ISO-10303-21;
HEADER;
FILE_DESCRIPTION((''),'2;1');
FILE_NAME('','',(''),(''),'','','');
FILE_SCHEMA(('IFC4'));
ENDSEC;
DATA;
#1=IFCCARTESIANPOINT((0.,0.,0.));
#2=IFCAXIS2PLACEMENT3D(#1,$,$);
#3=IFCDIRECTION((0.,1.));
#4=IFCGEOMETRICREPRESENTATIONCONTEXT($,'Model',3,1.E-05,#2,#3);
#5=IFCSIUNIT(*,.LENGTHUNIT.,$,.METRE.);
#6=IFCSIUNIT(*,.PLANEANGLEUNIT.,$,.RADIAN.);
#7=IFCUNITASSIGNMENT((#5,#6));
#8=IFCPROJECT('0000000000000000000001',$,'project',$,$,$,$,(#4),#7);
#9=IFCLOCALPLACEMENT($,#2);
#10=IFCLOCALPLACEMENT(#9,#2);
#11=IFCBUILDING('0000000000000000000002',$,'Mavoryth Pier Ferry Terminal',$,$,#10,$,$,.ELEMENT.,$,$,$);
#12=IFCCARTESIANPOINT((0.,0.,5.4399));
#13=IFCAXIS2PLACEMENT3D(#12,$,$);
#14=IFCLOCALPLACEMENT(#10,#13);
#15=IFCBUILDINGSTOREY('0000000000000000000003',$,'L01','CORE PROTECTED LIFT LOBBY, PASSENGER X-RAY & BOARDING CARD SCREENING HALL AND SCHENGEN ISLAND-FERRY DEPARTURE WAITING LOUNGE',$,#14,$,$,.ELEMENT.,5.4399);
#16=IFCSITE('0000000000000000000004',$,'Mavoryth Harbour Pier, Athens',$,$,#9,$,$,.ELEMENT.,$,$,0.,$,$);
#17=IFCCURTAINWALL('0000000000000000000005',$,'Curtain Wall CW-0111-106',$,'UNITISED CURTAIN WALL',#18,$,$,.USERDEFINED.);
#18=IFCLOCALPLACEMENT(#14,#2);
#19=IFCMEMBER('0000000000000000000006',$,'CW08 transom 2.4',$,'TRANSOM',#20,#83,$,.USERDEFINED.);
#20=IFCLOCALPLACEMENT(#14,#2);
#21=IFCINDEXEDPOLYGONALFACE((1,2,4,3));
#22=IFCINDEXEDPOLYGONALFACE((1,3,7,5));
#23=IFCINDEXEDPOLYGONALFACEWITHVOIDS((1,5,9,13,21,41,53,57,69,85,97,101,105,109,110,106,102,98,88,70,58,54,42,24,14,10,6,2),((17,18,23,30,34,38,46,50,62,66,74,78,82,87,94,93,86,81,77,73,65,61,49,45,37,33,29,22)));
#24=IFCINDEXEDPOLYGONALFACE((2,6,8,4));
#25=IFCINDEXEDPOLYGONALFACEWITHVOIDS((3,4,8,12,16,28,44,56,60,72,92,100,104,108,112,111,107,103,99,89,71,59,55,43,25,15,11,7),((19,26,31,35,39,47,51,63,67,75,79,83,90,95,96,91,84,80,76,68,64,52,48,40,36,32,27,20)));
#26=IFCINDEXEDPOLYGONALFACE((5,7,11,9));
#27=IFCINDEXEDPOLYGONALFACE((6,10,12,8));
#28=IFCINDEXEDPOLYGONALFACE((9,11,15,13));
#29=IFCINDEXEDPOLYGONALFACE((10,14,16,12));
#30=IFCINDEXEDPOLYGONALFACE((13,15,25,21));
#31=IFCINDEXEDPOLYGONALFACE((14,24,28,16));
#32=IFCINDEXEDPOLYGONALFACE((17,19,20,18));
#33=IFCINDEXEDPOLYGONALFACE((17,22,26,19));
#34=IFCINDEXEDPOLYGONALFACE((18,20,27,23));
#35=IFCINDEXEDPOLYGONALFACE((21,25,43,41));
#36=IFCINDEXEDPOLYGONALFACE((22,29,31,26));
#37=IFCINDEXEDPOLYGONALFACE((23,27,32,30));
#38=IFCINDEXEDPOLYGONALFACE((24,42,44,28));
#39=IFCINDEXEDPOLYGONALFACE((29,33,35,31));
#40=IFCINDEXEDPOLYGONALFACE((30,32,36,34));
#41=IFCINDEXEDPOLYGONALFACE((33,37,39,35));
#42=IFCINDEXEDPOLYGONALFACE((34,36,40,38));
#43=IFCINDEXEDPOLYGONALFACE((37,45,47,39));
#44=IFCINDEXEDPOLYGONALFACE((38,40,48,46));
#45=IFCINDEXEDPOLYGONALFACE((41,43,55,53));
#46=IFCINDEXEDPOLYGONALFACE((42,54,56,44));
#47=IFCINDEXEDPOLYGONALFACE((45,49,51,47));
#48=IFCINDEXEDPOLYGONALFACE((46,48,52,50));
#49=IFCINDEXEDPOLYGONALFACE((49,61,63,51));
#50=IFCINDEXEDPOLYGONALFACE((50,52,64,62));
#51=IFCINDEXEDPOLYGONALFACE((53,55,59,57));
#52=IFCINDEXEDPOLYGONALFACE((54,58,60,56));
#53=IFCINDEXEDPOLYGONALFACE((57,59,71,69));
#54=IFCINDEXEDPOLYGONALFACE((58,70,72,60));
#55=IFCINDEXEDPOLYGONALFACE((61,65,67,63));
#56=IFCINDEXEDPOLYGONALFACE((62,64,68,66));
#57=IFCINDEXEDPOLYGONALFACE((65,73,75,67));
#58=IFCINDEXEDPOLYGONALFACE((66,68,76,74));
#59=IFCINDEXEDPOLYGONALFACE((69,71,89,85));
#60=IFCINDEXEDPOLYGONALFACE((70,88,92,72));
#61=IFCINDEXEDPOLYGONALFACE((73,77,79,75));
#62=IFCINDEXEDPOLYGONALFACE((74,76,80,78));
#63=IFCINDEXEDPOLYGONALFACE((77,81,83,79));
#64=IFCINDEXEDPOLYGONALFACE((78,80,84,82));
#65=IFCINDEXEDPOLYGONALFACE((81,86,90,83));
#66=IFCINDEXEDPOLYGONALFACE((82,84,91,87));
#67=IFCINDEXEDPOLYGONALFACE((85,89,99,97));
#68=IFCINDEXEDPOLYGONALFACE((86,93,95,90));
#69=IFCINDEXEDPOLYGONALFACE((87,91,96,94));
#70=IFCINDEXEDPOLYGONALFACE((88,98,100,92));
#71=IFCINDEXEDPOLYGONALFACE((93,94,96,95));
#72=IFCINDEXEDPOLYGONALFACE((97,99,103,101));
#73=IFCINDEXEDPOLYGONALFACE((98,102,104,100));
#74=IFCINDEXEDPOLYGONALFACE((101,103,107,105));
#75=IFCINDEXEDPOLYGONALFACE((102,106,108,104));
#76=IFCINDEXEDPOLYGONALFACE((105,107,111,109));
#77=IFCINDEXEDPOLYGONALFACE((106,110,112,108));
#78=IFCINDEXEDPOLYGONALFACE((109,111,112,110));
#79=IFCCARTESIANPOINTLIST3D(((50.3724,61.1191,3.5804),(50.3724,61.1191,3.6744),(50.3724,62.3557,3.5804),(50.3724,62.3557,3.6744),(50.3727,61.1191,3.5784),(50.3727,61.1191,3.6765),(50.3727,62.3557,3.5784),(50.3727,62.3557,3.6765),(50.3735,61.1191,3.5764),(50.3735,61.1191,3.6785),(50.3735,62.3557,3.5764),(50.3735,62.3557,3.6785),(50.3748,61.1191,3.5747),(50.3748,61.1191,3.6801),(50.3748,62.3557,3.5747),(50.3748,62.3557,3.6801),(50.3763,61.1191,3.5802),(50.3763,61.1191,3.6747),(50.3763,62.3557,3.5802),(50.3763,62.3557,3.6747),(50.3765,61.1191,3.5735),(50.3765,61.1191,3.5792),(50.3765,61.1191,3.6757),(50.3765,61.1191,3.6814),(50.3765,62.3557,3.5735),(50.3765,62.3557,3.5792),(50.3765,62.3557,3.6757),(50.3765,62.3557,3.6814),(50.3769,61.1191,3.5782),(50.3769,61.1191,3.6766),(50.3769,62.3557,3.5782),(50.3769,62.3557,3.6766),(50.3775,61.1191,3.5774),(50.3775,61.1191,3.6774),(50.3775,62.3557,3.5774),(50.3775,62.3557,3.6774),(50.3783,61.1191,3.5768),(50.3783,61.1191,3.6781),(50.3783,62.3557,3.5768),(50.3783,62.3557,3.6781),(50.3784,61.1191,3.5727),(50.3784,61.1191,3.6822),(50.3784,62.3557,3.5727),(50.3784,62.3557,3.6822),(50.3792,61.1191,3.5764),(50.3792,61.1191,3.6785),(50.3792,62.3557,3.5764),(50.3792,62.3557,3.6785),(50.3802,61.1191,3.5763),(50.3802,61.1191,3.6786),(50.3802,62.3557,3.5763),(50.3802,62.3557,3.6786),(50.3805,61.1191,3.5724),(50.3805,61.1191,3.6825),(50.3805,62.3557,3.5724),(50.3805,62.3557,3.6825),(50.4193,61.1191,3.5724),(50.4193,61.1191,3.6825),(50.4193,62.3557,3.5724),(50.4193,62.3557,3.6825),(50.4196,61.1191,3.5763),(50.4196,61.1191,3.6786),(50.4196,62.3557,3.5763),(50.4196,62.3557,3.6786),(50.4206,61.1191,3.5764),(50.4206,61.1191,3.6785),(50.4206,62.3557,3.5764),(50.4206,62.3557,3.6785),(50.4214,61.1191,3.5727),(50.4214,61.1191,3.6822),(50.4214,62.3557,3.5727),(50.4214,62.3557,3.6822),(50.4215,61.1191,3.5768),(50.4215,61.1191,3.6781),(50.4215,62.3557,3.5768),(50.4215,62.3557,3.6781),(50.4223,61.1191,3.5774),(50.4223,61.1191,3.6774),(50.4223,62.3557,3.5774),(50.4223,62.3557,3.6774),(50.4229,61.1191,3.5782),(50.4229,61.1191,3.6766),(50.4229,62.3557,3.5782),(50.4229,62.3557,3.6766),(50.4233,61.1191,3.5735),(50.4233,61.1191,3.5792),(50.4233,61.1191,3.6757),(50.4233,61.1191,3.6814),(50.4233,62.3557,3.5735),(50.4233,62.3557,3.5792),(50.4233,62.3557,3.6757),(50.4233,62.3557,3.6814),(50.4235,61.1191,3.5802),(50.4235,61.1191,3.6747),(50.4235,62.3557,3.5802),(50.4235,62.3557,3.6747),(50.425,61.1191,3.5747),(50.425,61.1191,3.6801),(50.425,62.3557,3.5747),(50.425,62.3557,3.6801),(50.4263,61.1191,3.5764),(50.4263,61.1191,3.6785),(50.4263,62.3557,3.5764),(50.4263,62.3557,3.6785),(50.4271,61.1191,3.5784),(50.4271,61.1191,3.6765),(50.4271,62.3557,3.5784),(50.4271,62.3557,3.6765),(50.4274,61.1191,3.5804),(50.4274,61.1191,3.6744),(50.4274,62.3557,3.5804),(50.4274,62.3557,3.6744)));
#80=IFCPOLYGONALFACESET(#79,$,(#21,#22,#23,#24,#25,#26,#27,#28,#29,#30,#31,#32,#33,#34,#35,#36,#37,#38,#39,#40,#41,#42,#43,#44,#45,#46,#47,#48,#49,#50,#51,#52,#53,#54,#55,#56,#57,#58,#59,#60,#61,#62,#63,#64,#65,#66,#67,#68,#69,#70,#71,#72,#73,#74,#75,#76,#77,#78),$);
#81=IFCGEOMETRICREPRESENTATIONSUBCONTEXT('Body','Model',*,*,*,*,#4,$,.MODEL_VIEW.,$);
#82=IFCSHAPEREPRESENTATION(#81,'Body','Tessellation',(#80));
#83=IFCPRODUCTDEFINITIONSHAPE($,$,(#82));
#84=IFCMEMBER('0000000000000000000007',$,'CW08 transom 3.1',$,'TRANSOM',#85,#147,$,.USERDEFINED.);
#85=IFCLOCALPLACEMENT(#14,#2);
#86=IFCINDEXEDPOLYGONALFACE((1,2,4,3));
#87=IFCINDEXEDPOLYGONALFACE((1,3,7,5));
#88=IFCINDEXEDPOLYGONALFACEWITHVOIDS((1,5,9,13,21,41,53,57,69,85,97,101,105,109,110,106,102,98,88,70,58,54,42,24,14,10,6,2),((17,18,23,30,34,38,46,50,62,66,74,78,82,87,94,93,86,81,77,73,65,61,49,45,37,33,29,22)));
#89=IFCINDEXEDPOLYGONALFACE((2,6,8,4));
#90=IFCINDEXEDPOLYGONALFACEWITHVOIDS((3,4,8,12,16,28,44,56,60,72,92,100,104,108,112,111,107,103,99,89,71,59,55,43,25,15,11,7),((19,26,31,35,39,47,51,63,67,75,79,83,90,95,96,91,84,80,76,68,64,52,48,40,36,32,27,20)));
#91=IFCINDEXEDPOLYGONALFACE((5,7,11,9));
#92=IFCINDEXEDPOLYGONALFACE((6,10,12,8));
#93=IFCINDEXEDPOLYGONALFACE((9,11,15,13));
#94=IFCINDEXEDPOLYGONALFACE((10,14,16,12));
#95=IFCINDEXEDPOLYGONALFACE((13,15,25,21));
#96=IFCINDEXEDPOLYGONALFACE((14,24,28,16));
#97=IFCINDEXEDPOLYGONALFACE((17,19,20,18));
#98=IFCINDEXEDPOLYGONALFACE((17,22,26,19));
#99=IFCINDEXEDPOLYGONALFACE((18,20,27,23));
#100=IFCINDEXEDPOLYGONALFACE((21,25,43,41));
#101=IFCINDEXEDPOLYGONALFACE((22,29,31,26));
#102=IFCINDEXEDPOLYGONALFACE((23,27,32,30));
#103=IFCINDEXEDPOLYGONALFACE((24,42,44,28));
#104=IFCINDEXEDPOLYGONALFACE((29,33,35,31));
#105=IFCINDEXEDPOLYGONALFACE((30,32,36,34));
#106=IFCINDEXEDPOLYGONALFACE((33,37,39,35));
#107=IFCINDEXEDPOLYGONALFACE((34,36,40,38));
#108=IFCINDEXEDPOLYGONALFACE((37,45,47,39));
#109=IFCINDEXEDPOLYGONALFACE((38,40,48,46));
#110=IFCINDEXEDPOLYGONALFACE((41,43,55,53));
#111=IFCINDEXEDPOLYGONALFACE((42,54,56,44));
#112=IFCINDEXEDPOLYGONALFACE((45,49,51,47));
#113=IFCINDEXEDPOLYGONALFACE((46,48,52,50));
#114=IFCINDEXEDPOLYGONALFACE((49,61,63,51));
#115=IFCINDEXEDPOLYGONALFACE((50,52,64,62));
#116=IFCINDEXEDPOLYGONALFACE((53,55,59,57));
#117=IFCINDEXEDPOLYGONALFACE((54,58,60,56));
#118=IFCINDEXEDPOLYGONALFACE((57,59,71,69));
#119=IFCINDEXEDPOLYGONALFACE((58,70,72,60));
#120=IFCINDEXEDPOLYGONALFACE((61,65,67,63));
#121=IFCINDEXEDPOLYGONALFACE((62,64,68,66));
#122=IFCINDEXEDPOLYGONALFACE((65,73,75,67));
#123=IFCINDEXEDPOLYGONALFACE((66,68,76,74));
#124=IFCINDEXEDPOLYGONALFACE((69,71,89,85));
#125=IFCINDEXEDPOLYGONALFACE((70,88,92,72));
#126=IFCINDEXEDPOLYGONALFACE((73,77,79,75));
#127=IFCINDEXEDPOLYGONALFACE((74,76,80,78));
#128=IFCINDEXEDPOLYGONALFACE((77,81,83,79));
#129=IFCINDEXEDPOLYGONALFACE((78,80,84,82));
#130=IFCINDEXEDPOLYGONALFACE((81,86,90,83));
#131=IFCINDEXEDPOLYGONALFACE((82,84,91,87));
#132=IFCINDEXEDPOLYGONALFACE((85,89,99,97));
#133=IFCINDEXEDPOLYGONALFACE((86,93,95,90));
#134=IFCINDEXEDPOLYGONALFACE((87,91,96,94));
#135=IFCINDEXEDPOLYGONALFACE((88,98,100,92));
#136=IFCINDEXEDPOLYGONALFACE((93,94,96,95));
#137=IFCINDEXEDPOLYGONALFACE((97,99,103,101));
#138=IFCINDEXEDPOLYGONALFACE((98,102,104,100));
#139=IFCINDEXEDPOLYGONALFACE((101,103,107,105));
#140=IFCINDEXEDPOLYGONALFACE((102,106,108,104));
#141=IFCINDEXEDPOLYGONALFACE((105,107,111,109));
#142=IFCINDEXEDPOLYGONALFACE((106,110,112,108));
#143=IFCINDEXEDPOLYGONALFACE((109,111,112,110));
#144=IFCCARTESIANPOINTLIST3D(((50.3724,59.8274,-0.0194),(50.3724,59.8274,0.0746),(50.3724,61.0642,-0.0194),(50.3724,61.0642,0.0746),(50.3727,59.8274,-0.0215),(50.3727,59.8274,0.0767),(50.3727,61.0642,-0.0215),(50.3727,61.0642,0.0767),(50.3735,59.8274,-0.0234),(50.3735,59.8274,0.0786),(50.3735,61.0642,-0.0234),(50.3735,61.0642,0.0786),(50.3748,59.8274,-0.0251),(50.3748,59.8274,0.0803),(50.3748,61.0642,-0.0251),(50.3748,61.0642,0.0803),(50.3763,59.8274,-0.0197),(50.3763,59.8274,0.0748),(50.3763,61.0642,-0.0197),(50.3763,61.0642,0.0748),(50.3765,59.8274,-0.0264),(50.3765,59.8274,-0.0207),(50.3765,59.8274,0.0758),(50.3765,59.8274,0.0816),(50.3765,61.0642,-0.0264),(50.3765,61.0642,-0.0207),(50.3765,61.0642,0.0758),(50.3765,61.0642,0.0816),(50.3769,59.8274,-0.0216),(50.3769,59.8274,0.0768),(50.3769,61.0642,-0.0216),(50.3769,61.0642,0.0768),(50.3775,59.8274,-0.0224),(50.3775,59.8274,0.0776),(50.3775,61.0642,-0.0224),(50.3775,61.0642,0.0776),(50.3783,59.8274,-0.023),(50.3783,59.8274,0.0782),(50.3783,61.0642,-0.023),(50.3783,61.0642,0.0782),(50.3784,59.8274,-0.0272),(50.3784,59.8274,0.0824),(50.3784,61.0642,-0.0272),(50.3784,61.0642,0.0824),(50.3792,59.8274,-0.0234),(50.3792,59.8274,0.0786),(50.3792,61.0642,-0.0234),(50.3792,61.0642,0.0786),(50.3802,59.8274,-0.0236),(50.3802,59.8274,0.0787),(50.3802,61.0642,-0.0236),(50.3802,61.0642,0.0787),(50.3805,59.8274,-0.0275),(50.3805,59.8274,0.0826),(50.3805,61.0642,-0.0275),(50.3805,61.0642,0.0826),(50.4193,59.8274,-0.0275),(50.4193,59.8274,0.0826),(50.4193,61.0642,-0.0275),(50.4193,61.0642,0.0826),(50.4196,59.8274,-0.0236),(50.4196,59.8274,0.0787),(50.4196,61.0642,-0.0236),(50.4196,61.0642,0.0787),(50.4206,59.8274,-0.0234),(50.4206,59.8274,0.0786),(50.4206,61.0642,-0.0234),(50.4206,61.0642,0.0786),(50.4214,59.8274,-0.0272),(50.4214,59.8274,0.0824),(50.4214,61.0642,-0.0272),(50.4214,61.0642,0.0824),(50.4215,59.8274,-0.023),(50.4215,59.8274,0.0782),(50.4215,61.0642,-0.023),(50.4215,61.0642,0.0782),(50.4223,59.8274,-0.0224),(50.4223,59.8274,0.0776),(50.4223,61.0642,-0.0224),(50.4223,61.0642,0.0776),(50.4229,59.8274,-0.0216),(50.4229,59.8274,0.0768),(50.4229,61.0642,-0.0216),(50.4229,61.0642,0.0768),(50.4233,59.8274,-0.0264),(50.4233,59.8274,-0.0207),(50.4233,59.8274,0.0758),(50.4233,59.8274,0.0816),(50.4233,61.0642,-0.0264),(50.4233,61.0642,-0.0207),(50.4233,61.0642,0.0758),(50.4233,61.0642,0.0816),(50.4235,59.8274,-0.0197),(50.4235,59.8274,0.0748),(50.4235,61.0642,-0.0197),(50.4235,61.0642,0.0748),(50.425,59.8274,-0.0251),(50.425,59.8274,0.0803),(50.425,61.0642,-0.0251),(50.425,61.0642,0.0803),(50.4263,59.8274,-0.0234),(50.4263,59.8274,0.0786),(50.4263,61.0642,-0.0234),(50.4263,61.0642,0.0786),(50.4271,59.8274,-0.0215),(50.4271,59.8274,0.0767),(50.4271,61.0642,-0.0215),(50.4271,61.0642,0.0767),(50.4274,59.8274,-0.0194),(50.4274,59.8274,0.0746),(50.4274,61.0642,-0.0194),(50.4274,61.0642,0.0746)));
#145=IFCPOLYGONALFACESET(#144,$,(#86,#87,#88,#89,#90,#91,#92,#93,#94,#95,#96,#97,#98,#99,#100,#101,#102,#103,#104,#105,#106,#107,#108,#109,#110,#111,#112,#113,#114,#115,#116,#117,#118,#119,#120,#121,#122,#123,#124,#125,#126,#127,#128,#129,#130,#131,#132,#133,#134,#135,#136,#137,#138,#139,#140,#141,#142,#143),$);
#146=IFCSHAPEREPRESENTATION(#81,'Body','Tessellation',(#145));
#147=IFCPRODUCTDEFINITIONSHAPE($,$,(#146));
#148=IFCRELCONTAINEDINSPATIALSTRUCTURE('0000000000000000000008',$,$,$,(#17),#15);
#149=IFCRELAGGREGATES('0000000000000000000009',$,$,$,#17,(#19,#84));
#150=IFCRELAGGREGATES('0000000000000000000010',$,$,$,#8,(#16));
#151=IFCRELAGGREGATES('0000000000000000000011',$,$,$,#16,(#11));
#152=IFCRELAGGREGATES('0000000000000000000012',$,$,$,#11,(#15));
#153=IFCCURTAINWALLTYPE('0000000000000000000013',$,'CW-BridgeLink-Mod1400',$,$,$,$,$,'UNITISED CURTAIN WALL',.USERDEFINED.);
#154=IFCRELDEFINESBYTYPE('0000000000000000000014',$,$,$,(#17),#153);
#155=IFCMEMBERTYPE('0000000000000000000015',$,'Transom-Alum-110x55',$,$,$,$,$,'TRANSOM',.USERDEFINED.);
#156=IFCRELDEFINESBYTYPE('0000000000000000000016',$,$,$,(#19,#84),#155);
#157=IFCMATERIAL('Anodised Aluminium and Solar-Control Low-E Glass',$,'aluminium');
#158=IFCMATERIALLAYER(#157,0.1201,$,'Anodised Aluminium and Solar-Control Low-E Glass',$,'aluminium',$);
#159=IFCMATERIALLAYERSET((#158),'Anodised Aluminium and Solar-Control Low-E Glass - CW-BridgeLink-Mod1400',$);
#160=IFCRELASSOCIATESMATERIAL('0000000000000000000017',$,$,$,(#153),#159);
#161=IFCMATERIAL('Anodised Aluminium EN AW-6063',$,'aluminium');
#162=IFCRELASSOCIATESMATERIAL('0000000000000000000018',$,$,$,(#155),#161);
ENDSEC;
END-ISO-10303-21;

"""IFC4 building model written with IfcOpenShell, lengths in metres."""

from ifc_helpers import new_model, si_unit, direction, frame, origin, origin_2d, place, context, subcontext, project, spatial, hollow_rectangle, extrude, material, layer, layer_set, material_profile, profile_set, type_object, element, aggregate, save


model = new_model("IFC4")

# Units and contexts
model_context = context("Model", 3, precision=1e-05, world=origin(), true_north=direction((0.0, 1.0)))
body_context = subcontext(model_context, "Body", "Model", "MODEL_VIEW")
ifc_project = project(units=[si_unit("LENGTHUNIT", "METRE"), si_unit("PLANEANGLEUNIT", "RADIAN")], contexts=[model_context])

# Site, building, storey
site_placement = place(None, origin())
site = spatial("IfcSite", under=ifc_project, at=site_placement, Name="Mavoryth Harbour Pier, Athens", CompositionType="ELEMENT", RefElevation=0.0)
building_placement = place(site_placement, origin())
building = spatial("IfcBuilding", under=site, at=building_placement, Name="Mavoryth Pier Ferry Terminal", CompositionType="ELEMENT")
storey_placement = place(building_placement, frame((0.0, 0.0, 5.4399)))
storey = spatial("IfcBuildingStorey", under=building, at=storey_placement, Name="L01", Description="CORE PROTECTED LIFT LOBBY, PASSENGER X-RAY & BOARDING CARD SCREENING HALL AND SCHENGEN ISLAND-FERRY DEPARTURE WAITING LOUNGE", CompositionType="ELEMENT", Elevation=5.4399)

# Curtain wall
ifc_material_1 = material(Name="Anodised Aluminium and Solar-Control Low-E Glass", Category="aluminium")
ifc_layer_1 = layer(ifc_material_1, 0.1201, Name="Anodised Aluminium and Solar-Control Low-E Glass", Category="aluminium")
ifc_layer_set_1 = layer_set([ifc_layer_1], Name="Anodised Aluminium and Solar-Control Low-E Glass - CW-BridgeLink-Mod1400")
curtain_wall_type = type_object("IfcCurtainWallType", Name="CW-BridgeLink-Mod1400", ElementType="UNITISED CURTAIN WALL", PredefinedType="USERDEFINED", material=ifc_layer_set_1)
curtain_wall_1_placement = place(storey_placement, origin())
curtain_wall_1 = element("IfcCurtainWall", 1, at=curtain_wall_1_placement, inside=storey, type_object=curtain_wall_type, Name="Curtain Wall CW-0111-106", ObjectType="UNITISED CURTAIN WALL", PredefinedType="USERDEFINED")
ifc_material_2 = material(Name="Anodised Aluminium EN AW-6063", Category="aluminium")

# Members
ifc_material_profile_1 = material_profile(ifc_material_2, hollow_rectangle(XDim=0.0549, YDim=0.1101, WallThickness=0.0039, InnerFilletRadius=0.0039, OuterFilletRadius=0.0081, at=origin_2d()), Name="AL-TRAN 110x55x4", Category="aluminium")
ifc_profile_set_1 = profile_set([ifc_material_profile_1], Name="Anodised Aluminium EN AW-6063 - AL-TRAN 110x55x4")
member_type_1 = type_object("IfcMemberType", Name="Transom-Alum-110x55", ElementType="TRANSOM", PredefinedType="USERDEFINED", material=ifc_profile_set_1)
member_1_placement = place(storey_placement, frame((50.3999, 62.3557, 3.6274), z_axis=(0.0, -1.0, 0.0), x_axis=(1.0, 0.0, 0.0)))
member_1 = element("IfcMember", 2, at=member_1_placement, type_object=member_type_1, Name="CW08 transom 2.4", ObjectType="TRANSOM", PredefinedType="USERDEFINED", context=body_context, shape_type="SweptSolid", body=[
    extrude(hollow_rectangle(XDim=0.0549, YDim=0.1101, WallThickness=0.0039, InnerFilletRadius=0.0039, OuterFilletRadius=0.0081, at=origin_2d()), origin(), (0.0, 0.0, 1.0), 1.2366),
])
member_2_placement = place(storey_placement, frame((50.3999, 61.0642, 0.0276), z_axis=(0.0, -1.0, 0.0), x_axis=(1.0, 0.0, 0.0)))
member_2 = element("IfcMember", 3, at=member_2_placement, type_object=member_type_1, Name="CW08 transom 3.1", ObjectType="TRANSOM", PredefinedType="USERDEFINED", context=body_context, shape_type="SweptSolid", body=[
    extrude(hollow_rectangle(XDim=0.0549, YDim=0.1101, WallThickness=0.0039, InnerFilletRadius=0.0039, OuterFilletRadius=0.0081, at=origin_2d()), origin(), (0.0, 0.0, 1.0), 1.2368),
])

aggregate(curtain_wall_1, [member_1, member_2])

save(model, "model.ifc")
